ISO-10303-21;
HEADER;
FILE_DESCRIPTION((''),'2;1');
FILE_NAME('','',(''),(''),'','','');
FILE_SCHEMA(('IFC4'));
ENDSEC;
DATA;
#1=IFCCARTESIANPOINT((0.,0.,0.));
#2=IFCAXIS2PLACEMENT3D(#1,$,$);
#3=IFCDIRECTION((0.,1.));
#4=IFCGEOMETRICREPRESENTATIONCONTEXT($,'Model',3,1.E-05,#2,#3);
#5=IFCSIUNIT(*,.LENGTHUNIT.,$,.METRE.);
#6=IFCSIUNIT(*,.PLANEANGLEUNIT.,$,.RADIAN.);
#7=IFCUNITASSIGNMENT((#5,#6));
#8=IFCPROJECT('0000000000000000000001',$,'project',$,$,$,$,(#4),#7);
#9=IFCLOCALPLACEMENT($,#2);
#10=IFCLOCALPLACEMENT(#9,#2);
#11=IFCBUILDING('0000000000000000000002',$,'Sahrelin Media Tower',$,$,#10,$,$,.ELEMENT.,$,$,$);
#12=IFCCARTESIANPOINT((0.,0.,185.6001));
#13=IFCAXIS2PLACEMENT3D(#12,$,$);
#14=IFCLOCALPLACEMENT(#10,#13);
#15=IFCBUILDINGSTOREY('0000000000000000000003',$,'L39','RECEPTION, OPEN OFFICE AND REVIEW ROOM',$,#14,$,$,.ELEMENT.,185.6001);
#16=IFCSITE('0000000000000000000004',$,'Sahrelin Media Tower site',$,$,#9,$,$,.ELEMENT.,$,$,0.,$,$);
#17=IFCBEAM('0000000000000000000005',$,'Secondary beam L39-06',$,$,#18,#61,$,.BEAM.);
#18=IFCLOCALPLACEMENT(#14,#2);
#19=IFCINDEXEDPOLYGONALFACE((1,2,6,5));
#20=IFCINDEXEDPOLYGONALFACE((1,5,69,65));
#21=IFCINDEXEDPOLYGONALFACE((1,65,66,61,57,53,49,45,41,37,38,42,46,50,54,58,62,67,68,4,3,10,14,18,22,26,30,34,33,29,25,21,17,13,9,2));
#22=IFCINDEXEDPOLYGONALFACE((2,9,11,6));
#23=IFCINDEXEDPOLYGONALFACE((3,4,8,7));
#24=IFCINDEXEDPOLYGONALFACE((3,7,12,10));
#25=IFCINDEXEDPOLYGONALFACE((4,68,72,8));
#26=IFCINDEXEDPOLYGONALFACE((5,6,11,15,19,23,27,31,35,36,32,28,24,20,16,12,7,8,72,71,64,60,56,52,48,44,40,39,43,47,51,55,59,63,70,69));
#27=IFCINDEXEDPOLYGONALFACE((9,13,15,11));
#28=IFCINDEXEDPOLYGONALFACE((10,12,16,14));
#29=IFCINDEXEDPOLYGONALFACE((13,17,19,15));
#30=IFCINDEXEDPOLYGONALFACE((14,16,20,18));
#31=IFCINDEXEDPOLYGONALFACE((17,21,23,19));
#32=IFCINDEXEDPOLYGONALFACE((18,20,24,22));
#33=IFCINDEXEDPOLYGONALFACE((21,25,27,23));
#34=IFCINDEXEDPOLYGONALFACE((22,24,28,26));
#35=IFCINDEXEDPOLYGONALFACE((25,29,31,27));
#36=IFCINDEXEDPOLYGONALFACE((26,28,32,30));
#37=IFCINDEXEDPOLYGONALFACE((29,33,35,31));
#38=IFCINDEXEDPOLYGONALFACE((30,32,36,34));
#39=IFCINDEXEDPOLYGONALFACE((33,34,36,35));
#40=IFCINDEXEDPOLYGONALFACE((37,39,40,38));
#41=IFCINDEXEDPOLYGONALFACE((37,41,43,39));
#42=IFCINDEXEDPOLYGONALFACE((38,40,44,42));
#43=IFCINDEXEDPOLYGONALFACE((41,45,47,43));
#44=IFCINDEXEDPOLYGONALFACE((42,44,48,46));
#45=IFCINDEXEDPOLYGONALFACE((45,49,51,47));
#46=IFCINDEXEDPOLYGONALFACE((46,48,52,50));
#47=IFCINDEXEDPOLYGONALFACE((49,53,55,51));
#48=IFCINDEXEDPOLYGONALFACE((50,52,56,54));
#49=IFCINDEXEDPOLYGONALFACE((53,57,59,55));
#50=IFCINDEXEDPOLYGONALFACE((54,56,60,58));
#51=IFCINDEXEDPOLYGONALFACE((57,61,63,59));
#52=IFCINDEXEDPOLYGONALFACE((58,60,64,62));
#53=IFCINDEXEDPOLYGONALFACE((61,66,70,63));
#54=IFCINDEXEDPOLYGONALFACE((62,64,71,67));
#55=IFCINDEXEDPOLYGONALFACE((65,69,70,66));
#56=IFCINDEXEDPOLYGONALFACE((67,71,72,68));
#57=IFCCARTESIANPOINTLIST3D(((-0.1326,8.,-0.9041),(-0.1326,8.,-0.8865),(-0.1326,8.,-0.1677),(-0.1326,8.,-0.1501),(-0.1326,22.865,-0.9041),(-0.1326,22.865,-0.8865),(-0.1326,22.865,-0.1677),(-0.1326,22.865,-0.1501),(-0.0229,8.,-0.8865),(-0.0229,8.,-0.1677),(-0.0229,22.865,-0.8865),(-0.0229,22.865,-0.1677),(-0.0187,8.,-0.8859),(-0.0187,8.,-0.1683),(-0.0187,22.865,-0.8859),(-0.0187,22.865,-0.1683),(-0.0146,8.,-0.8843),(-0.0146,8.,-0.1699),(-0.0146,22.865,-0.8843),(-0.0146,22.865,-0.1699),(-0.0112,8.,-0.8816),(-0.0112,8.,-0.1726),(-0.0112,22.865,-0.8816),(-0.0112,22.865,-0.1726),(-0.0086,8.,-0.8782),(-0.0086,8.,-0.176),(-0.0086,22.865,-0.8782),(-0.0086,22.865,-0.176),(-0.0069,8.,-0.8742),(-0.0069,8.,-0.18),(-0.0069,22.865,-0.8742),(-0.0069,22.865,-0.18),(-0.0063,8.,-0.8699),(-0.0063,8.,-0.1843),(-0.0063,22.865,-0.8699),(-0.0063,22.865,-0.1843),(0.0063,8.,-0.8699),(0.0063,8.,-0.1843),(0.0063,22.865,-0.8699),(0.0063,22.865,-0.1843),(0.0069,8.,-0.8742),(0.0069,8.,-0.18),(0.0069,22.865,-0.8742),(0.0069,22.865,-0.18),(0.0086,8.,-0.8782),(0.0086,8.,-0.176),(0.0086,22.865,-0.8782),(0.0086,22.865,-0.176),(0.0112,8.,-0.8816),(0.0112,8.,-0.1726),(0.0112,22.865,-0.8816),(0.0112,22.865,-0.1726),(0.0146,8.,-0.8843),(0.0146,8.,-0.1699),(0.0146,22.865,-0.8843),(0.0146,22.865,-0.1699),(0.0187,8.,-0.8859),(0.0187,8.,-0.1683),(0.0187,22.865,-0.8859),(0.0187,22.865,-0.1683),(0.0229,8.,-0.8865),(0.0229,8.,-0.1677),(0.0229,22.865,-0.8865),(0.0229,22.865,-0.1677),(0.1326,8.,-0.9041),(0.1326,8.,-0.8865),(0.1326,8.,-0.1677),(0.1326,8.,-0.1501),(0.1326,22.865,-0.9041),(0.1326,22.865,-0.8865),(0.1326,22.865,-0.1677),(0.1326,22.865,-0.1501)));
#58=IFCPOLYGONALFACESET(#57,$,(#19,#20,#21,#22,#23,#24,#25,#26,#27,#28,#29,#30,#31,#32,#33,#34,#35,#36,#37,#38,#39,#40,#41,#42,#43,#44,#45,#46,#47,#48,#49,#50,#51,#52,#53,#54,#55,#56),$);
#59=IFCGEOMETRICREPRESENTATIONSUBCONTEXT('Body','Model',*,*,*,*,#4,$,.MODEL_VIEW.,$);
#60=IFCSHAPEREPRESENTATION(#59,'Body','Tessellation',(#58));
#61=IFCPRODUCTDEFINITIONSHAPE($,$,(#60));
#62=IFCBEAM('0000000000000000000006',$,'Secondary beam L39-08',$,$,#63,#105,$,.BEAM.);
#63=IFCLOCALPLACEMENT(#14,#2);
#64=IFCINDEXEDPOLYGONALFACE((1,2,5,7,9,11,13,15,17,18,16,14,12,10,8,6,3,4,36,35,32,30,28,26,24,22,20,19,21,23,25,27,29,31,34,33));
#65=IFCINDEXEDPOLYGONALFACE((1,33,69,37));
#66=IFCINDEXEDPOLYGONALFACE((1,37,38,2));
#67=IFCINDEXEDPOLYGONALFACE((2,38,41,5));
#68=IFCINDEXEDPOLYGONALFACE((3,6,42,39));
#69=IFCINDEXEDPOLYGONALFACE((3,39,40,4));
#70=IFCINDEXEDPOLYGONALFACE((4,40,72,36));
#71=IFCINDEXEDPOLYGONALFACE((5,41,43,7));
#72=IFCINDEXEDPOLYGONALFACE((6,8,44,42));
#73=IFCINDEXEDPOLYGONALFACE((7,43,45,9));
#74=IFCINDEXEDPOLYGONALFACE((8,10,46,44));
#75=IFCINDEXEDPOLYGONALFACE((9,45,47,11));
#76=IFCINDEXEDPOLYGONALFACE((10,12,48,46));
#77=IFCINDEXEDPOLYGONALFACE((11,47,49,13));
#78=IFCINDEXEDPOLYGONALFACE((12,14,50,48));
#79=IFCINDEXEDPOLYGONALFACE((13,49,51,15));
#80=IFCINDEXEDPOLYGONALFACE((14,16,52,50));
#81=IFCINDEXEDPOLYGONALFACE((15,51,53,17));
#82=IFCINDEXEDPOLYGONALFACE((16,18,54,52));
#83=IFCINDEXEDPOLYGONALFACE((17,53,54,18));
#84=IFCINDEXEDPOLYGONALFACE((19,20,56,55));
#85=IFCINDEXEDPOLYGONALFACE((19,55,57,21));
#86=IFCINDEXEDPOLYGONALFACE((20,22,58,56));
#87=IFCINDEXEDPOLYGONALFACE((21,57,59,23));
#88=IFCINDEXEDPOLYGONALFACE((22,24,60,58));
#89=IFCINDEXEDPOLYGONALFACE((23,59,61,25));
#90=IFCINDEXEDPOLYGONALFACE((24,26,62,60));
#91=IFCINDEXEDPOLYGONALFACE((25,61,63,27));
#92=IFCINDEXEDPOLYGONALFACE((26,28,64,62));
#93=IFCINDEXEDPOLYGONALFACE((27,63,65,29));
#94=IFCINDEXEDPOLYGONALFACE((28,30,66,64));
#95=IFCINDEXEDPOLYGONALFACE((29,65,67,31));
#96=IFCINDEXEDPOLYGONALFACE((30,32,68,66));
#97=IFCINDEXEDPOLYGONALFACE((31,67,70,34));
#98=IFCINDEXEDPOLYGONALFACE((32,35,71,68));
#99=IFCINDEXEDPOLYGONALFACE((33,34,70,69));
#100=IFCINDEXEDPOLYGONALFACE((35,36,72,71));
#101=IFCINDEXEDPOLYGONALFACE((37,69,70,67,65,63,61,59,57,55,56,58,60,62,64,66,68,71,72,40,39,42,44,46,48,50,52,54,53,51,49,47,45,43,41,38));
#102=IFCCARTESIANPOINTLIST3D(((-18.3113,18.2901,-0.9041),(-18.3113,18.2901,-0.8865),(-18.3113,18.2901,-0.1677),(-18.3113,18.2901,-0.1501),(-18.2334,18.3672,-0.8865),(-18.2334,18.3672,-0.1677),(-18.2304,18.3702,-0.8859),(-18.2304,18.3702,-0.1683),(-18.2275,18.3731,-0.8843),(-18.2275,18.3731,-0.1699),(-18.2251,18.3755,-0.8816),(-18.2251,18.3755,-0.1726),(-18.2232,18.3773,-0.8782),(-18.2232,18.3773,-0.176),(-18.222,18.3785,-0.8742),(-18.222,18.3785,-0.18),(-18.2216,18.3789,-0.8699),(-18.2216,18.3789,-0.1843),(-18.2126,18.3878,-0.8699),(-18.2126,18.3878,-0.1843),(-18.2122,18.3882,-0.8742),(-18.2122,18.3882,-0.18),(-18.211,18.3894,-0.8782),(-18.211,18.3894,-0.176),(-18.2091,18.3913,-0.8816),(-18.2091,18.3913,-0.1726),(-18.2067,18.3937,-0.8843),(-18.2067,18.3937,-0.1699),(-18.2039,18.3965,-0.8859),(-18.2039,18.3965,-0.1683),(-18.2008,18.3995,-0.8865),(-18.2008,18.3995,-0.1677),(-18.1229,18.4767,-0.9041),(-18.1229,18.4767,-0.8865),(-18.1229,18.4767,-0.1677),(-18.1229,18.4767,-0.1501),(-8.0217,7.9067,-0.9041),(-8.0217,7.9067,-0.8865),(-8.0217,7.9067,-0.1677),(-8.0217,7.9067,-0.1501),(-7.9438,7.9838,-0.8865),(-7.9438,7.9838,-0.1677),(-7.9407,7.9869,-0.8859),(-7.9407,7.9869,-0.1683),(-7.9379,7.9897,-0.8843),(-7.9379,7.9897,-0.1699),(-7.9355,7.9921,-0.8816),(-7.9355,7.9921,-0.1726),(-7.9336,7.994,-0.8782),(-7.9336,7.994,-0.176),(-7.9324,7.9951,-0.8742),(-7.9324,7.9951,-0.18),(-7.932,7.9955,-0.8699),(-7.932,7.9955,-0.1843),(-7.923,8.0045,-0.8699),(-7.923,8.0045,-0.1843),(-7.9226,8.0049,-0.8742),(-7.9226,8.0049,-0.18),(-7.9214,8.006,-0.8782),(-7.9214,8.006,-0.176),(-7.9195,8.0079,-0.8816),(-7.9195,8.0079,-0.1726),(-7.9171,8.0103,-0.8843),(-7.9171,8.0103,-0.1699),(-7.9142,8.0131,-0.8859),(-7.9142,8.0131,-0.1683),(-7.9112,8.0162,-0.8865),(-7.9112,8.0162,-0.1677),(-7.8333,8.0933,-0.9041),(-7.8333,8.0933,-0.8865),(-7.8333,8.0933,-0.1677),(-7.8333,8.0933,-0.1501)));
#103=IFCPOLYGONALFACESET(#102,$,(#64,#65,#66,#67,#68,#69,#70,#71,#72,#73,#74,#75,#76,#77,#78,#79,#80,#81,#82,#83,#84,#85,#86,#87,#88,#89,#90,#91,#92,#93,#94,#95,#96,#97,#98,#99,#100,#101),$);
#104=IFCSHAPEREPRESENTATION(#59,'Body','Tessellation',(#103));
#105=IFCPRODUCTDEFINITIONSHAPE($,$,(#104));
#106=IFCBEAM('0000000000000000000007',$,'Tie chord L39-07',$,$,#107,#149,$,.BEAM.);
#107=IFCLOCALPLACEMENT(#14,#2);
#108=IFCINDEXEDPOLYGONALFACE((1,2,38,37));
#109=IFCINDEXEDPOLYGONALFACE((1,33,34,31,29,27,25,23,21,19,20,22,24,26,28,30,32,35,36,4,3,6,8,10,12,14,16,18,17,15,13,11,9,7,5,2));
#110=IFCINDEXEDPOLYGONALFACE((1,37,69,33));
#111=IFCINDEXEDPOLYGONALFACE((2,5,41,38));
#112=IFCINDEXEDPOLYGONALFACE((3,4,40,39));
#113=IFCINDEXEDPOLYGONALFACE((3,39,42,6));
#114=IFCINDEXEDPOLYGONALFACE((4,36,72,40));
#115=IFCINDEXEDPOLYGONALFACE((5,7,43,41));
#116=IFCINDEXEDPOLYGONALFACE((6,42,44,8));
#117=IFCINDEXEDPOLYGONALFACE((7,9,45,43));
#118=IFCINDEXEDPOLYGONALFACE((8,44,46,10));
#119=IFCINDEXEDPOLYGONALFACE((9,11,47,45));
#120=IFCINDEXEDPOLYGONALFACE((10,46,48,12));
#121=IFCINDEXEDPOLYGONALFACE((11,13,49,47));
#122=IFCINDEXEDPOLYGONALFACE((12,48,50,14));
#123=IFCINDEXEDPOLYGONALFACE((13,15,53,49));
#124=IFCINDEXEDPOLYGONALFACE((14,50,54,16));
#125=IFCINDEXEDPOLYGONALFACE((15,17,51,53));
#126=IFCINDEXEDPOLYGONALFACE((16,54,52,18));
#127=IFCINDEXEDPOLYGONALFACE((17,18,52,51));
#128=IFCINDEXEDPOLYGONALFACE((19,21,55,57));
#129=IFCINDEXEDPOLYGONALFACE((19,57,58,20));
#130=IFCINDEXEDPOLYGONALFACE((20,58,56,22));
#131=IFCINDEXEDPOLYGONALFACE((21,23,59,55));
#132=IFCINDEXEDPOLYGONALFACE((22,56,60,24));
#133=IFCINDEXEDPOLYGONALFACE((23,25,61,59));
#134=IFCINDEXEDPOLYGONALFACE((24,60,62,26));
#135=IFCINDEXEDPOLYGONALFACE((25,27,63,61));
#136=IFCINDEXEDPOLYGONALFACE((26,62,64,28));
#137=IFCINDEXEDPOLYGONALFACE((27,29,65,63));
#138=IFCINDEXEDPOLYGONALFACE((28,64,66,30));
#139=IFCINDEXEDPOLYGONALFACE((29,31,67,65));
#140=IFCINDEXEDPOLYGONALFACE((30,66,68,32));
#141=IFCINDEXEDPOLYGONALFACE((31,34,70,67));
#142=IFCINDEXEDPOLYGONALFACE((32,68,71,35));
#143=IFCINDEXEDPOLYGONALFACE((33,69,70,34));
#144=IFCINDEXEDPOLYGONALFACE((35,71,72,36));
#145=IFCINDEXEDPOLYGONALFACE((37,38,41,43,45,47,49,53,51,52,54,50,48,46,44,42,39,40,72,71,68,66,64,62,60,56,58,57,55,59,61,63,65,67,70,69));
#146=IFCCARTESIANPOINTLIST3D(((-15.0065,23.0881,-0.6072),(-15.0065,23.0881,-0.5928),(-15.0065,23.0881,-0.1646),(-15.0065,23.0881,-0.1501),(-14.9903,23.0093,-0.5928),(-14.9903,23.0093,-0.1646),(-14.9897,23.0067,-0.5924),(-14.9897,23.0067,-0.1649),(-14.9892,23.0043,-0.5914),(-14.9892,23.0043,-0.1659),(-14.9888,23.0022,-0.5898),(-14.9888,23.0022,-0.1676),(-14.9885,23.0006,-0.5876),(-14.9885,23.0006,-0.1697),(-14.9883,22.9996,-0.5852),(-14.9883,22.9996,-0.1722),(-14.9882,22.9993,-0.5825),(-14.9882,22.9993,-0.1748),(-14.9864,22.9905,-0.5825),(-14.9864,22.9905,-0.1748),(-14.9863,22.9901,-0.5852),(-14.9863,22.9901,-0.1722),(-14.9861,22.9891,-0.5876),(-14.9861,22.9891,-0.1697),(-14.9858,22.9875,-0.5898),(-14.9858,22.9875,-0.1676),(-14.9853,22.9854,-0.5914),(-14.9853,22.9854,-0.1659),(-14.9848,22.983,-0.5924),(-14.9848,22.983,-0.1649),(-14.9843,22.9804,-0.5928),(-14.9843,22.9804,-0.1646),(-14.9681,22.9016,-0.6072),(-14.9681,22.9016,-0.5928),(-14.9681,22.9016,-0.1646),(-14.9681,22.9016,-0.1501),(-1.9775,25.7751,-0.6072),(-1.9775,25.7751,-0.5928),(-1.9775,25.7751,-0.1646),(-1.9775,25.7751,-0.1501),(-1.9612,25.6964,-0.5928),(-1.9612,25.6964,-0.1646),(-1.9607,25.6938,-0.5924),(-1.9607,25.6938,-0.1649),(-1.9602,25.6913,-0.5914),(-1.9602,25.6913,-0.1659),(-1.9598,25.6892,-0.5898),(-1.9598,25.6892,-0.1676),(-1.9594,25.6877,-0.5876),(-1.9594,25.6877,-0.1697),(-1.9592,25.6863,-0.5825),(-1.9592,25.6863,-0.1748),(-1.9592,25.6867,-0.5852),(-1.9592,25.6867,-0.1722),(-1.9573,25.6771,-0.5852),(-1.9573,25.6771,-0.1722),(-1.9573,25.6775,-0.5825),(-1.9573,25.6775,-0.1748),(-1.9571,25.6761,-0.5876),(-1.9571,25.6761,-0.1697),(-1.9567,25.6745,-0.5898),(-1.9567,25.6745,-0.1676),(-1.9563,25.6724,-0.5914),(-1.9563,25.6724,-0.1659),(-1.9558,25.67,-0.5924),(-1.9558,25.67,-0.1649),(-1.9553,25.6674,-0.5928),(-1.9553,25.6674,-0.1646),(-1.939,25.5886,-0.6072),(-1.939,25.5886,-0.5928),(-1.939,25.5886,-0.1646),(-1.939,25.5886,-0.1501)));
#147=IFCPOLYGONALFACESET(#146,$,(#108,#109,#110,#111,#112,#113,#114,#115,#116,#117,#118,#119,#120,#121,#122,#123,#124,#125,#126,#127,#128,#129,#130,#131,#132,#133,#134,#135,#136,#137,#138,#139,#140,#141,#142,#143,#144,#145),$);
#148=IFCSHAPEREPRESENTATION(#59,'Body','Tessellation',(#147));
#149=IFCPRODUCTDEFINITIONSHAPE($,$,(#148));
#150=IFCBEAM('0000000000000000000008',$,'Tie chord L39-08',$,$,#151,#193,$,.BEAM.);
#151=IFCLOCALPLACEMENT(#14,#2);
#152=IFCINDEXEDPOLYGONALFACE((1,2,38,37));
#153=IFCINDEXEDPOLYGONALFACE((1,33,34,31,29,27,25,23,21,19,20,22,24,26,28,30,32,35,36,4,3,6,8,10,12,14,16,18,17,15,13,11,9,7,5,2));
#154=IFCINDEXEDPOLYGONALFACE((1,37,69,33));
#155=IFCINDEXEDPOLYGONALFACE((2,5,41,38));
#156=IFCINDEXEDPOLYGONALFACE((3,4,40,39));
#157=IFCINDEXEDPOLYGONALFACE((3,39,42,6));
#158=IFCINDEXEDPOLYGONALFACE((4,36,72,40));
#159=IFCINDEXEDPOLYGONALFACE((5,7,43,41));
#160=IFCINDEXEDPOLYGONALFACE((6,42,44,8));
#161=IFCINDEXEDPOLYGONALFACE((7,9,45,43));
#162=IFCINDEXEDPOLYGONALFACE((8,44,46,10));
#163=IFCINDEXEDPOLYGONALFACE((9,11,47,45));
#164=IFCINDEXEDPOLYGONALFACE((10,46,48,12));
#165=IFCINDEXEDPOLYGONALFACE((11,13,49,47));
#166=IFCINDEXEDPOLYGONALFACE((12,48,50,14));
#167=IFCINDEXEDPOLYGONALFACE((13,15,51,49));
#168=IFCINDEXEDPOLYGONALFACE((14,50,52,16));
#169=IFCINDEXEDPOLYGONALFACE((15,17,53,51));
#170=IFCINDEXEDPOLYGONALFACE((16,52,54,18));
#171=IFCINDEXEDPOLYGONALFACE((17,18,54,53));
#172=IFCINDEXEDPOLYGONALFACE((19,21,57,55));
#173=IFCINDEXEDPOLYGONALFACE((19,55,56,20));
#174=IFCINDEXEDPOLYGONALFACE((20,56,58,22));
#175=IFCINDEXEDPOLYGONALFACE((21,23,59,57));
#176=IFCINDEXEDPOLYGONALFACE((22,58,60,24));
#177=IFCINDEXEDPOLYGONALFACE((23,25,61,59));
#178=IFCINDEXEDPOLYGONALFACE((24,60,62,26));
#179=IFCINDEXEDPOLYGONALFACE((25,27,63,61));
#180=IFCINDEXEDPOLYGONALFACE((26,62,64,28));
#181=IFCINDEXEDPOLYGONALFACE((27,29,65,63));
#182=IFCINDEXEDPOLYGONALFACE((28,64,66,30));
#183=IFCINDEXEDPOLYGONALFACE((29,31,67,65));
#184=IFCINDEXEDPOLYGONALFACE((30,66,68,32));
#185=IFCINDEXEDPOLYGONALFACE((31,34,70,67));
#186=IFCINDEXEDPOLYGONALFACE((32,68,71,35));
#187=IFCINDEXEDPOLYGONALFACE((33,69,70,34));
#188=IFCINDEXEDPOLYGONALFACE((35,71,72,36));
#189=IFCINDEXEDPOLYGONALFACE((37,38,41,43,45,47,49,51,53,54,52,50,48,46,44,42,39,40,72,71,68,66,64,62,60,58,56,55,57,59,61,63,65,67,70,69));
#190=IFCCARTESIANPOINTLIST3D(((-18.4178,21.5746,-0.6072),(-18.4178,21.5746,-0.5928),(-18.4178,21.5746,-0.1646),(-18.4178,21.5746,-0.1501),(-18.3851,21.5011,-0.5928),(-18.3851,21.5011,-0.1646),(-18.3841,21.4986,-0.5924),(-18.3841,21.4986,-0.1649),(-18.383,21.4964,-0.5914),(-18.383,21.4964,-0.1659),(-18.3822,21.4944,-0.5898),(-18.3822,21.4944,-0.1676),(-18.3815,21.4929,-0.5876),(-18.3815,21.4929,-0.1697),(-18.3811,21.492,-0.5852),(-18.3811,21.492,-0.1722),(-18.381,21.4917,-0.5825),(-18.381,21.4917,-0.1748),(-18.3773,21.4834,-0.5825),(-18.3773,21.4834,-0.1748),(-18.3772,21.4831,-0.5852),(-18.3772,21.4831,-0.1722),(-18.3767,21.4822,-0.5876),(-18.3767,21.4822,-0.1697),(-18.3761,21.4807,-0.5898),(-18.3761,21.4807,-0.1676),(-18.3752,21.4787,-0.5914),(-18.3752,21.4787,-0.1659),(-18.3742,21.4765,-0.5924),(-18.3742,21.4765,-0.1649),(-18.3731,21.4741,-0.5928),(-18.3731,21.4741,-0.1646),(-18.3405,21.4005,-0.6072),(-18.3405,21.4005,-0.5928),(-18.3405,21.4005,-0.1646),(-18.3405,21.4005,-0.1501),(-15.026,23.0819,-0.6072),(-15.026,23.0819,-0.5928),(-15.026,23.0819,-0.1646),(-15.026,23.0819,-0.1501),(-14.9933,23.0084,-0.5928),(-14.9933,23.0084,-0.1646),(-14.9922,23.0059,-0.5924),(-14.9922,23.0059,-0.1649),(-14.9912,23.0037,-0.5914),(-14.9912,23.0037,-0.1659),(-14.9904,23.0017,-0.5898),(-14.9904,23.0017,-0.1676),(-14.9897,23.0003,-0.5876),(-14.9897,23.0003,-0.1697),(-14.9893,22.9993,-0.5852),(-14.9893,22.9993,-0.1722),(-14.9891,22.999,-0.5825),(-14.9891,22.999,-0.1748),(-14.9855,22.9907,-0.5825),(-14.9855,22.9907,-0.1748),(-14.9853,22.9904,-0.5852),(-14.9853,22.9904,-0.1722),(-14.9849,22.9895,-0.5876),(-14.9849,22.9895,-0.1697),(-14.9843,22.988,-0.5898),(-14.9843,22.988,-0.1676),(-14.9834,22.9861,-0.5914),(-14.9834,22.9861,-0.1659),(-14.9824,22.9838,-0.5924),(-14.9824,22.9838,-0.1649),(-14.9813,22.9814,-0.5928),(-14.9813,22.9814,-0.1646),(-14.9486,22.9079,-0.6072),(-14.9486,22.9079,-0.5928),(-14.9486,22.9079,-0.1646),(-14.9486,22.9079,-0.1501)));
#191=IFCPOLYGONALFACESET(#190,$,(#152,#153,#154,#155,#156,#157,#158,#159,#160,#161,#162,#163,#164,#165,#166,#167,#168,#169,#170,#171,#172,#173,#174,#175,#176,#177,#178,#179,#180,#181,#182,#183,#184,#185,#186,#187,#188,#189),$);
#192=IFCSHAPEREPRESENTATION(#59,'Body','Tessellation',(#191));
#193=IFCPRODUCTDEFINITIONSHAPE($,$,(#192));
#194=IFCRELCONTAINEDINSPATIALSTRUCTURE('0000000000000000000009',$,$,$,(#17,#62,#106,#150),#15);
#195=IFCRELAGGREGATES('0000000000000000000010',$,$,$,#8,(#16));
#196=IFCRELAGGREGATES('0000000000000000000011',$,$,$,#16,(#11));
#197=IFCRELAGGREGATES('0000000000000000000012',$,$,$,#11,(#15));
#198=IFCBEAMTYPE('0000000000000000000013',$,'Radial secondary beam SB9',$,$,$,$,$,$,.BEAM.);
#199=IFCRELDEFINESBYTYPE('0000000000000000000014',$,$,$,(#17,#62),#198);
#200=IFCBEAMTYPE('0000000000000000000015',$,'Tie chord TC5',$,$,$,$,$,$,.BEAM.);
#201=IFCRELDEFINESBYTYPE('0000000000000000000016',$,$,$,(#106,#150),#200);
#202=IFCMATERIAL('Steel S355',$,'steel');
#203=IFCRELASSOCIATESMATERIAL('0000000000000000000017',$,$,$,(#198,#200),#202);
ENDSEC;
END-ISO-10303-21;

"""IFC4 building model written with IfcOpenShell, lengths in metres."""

from ifc_helpers import new_model, si_unit, direction, frame, origin, origin_2d, place, context, subcontext, project, spatial, i_section, extrude, material, material_profile, profile_set, type_object, element, save


model = new_model("IFC4")

# Units and contexts
model_context = context("Model", 3, precision=1e-05, world=origin(), true_north=direction((0.0, 1.0)))
body_context = subcontext(model_context, "Body", "Model", "MODEL_VIEW")
ifc_project = project(units=[si_unit("LENGTHUNIT", "METRE"), si_unit("PLANEANGLEUNIT", "RADIAN")], contexts=[model_context])

# Site, building, storey
site_placement = place(None, origin())
site = spatial("IfcSite", under=ifc_project, at=site_placement, Name="Sahrelin Media Tower site", CompositionType="ELEMENT", RefElevation=0.0)
building_placement = place(site_placement, origin())
building = spatial("IfcBuilding", under=site, at=building_placement, Name="Sahrelin Media Tower", CompositionType="ELEMENT")
storey_placement = place(building_placement, frame((0.0, 0.0, 185.6001)))
storey = spatial("IfcBuildingStorey", under=building, at=storey_placement, Name="L39", Description="RECEPTION, OPEN OFFICE AND REVIEW ROOM", CompositionType="ELEMENT", Elevation=185.6001)

# Shared definitions
ifc_material_1 = material(Name="Steel S355", Category="steel")

# Beams
ifc_material_profile_1 = material_profile(ifc_material_1, i_section(OverallWidth=0.2651, OverallDepth=0.7539, WebThickness=0.0127, FlangeThickness=0.0176, FilletRadius=0.0166, at=origin_2d()), Name="UB 762x267x147")
ifc_profile_set_1 = profile_set([ifc_material_profile_1], Name="Steel S355")
beam_type_1 = type_object("IfcBeamType", Name="Radial secondary beam SB9", PredefinedType="BEAM", material=ifc_profile_set_1)
beam_1_placement = place(storey_placement, frame((0.0, 8.0, -0.5271), z_axis=(0.0, 1.0, 0.0), x_axis=(-1.0, 0.0, 0.0)))
element("IfcBeam", 1, at=beam_1_placement, inside=storey, type_object=beam_type_1, Name="Secondary beam L39-06", PredefinedType="BEAM", context=body_context, shape_type="SweptSolid", body=[
    extrude(i_section(OverallWidth=0.2651, OverallDepth=0.7539, WebThickness=0.0127, FlangeThickness=0.0176, FilletRadius=0.0166, at=origin_2d()), origin(), (0.0, 0.0, 1.0), 14.865),
])
beam_2_placement = place(storey_placement, frame((-7.9275, 8.0, -0.5271), z_axis=(-0.703893, 0.710306, 0.0), x_axis=(-0.710306, -0.703893, 0.0)))
element("IfcBeam", 2, at=beam_2_placement, inside=storey, type_object=beam_type_1, Name="Secondary beam L39-08", PredefinedType="BEAM", context=body_context, shape_type="SweptSolid", body=[
    extrude(i_section(OverallWidth=0.2651, OverallDepth=0.7539, WebThickness=0.0127, FlangeThickness=0.0176, FilletRadius=0.0166, at=origin_2d()), origin(), (0.0, 0.0, 1.0), 14.6182),
])
ifc_material_profile_2 = material_profile(ifc_material_1, i_section(OverallWidth=0.1904, OverallDepth=0.457, WebThickness=0.009, FlangeThickness=0.0144, FilletRadius=0.0103, at=origin_2d()), Name="UB 457x191x74")
ifc_profile_set_2 = profile_set([ifc_material_profile_2], Name="Steel S355")
beam_type_2 = type_object("IfcBeamType", Name="Tie chord TC5", PredefinedType="BEAM", material=ifc_profile_set_2)
beam_3_placement = place(storey_placement, frame((-1.9583, 25.6819, -0.3787), z_axis=(-0.979389, -0.201982, 0.0), x_axis=(0.201982, -0.979389, 0.0)))
element("IfcBeam", 3, at=beam_3_placement, inside=storey, type_object=beam_type_2, Name="Tie chord L39-07", PredefinedType="BEAM", context=body_context, shape_type="SweptSolid", body=[
    extrude(i_section(OverallWidth=0.1904, OverallDepth=0.457, WebThickness=0.009, FlangeThickness=0.0144, FilletRadius=0.0103, at=origin_2d()), origin(), (0.0, 0.0, 1.0), 13.3032),
])
beam_4_placement = place(storey_placement, frame((-14.9873, 22.9949, -0.3787), z_axis=(-0.913828, -0.406102, 0.0), x_axis=(0.406102, -0.913828, 0.0)))
element("IfcBeam", 4, at=beam_4_placement, inside=storey, type_object=beam_type_2, Name="Tie chord L39-08", PredefinedType="BEAM", context=body_context, shape_type="SweptSolid", body=[
    extrude(i_section(OverallWidth=0.1904, OverallDepth=0.457, WebThickness=0.009, FlangeThickness=0.0144, FilletRadius=0.0103, at=origin_2d()), origin(), (0.0, 0.0, 1.0), 3.7117),
])

save(model, "model.ifc")
